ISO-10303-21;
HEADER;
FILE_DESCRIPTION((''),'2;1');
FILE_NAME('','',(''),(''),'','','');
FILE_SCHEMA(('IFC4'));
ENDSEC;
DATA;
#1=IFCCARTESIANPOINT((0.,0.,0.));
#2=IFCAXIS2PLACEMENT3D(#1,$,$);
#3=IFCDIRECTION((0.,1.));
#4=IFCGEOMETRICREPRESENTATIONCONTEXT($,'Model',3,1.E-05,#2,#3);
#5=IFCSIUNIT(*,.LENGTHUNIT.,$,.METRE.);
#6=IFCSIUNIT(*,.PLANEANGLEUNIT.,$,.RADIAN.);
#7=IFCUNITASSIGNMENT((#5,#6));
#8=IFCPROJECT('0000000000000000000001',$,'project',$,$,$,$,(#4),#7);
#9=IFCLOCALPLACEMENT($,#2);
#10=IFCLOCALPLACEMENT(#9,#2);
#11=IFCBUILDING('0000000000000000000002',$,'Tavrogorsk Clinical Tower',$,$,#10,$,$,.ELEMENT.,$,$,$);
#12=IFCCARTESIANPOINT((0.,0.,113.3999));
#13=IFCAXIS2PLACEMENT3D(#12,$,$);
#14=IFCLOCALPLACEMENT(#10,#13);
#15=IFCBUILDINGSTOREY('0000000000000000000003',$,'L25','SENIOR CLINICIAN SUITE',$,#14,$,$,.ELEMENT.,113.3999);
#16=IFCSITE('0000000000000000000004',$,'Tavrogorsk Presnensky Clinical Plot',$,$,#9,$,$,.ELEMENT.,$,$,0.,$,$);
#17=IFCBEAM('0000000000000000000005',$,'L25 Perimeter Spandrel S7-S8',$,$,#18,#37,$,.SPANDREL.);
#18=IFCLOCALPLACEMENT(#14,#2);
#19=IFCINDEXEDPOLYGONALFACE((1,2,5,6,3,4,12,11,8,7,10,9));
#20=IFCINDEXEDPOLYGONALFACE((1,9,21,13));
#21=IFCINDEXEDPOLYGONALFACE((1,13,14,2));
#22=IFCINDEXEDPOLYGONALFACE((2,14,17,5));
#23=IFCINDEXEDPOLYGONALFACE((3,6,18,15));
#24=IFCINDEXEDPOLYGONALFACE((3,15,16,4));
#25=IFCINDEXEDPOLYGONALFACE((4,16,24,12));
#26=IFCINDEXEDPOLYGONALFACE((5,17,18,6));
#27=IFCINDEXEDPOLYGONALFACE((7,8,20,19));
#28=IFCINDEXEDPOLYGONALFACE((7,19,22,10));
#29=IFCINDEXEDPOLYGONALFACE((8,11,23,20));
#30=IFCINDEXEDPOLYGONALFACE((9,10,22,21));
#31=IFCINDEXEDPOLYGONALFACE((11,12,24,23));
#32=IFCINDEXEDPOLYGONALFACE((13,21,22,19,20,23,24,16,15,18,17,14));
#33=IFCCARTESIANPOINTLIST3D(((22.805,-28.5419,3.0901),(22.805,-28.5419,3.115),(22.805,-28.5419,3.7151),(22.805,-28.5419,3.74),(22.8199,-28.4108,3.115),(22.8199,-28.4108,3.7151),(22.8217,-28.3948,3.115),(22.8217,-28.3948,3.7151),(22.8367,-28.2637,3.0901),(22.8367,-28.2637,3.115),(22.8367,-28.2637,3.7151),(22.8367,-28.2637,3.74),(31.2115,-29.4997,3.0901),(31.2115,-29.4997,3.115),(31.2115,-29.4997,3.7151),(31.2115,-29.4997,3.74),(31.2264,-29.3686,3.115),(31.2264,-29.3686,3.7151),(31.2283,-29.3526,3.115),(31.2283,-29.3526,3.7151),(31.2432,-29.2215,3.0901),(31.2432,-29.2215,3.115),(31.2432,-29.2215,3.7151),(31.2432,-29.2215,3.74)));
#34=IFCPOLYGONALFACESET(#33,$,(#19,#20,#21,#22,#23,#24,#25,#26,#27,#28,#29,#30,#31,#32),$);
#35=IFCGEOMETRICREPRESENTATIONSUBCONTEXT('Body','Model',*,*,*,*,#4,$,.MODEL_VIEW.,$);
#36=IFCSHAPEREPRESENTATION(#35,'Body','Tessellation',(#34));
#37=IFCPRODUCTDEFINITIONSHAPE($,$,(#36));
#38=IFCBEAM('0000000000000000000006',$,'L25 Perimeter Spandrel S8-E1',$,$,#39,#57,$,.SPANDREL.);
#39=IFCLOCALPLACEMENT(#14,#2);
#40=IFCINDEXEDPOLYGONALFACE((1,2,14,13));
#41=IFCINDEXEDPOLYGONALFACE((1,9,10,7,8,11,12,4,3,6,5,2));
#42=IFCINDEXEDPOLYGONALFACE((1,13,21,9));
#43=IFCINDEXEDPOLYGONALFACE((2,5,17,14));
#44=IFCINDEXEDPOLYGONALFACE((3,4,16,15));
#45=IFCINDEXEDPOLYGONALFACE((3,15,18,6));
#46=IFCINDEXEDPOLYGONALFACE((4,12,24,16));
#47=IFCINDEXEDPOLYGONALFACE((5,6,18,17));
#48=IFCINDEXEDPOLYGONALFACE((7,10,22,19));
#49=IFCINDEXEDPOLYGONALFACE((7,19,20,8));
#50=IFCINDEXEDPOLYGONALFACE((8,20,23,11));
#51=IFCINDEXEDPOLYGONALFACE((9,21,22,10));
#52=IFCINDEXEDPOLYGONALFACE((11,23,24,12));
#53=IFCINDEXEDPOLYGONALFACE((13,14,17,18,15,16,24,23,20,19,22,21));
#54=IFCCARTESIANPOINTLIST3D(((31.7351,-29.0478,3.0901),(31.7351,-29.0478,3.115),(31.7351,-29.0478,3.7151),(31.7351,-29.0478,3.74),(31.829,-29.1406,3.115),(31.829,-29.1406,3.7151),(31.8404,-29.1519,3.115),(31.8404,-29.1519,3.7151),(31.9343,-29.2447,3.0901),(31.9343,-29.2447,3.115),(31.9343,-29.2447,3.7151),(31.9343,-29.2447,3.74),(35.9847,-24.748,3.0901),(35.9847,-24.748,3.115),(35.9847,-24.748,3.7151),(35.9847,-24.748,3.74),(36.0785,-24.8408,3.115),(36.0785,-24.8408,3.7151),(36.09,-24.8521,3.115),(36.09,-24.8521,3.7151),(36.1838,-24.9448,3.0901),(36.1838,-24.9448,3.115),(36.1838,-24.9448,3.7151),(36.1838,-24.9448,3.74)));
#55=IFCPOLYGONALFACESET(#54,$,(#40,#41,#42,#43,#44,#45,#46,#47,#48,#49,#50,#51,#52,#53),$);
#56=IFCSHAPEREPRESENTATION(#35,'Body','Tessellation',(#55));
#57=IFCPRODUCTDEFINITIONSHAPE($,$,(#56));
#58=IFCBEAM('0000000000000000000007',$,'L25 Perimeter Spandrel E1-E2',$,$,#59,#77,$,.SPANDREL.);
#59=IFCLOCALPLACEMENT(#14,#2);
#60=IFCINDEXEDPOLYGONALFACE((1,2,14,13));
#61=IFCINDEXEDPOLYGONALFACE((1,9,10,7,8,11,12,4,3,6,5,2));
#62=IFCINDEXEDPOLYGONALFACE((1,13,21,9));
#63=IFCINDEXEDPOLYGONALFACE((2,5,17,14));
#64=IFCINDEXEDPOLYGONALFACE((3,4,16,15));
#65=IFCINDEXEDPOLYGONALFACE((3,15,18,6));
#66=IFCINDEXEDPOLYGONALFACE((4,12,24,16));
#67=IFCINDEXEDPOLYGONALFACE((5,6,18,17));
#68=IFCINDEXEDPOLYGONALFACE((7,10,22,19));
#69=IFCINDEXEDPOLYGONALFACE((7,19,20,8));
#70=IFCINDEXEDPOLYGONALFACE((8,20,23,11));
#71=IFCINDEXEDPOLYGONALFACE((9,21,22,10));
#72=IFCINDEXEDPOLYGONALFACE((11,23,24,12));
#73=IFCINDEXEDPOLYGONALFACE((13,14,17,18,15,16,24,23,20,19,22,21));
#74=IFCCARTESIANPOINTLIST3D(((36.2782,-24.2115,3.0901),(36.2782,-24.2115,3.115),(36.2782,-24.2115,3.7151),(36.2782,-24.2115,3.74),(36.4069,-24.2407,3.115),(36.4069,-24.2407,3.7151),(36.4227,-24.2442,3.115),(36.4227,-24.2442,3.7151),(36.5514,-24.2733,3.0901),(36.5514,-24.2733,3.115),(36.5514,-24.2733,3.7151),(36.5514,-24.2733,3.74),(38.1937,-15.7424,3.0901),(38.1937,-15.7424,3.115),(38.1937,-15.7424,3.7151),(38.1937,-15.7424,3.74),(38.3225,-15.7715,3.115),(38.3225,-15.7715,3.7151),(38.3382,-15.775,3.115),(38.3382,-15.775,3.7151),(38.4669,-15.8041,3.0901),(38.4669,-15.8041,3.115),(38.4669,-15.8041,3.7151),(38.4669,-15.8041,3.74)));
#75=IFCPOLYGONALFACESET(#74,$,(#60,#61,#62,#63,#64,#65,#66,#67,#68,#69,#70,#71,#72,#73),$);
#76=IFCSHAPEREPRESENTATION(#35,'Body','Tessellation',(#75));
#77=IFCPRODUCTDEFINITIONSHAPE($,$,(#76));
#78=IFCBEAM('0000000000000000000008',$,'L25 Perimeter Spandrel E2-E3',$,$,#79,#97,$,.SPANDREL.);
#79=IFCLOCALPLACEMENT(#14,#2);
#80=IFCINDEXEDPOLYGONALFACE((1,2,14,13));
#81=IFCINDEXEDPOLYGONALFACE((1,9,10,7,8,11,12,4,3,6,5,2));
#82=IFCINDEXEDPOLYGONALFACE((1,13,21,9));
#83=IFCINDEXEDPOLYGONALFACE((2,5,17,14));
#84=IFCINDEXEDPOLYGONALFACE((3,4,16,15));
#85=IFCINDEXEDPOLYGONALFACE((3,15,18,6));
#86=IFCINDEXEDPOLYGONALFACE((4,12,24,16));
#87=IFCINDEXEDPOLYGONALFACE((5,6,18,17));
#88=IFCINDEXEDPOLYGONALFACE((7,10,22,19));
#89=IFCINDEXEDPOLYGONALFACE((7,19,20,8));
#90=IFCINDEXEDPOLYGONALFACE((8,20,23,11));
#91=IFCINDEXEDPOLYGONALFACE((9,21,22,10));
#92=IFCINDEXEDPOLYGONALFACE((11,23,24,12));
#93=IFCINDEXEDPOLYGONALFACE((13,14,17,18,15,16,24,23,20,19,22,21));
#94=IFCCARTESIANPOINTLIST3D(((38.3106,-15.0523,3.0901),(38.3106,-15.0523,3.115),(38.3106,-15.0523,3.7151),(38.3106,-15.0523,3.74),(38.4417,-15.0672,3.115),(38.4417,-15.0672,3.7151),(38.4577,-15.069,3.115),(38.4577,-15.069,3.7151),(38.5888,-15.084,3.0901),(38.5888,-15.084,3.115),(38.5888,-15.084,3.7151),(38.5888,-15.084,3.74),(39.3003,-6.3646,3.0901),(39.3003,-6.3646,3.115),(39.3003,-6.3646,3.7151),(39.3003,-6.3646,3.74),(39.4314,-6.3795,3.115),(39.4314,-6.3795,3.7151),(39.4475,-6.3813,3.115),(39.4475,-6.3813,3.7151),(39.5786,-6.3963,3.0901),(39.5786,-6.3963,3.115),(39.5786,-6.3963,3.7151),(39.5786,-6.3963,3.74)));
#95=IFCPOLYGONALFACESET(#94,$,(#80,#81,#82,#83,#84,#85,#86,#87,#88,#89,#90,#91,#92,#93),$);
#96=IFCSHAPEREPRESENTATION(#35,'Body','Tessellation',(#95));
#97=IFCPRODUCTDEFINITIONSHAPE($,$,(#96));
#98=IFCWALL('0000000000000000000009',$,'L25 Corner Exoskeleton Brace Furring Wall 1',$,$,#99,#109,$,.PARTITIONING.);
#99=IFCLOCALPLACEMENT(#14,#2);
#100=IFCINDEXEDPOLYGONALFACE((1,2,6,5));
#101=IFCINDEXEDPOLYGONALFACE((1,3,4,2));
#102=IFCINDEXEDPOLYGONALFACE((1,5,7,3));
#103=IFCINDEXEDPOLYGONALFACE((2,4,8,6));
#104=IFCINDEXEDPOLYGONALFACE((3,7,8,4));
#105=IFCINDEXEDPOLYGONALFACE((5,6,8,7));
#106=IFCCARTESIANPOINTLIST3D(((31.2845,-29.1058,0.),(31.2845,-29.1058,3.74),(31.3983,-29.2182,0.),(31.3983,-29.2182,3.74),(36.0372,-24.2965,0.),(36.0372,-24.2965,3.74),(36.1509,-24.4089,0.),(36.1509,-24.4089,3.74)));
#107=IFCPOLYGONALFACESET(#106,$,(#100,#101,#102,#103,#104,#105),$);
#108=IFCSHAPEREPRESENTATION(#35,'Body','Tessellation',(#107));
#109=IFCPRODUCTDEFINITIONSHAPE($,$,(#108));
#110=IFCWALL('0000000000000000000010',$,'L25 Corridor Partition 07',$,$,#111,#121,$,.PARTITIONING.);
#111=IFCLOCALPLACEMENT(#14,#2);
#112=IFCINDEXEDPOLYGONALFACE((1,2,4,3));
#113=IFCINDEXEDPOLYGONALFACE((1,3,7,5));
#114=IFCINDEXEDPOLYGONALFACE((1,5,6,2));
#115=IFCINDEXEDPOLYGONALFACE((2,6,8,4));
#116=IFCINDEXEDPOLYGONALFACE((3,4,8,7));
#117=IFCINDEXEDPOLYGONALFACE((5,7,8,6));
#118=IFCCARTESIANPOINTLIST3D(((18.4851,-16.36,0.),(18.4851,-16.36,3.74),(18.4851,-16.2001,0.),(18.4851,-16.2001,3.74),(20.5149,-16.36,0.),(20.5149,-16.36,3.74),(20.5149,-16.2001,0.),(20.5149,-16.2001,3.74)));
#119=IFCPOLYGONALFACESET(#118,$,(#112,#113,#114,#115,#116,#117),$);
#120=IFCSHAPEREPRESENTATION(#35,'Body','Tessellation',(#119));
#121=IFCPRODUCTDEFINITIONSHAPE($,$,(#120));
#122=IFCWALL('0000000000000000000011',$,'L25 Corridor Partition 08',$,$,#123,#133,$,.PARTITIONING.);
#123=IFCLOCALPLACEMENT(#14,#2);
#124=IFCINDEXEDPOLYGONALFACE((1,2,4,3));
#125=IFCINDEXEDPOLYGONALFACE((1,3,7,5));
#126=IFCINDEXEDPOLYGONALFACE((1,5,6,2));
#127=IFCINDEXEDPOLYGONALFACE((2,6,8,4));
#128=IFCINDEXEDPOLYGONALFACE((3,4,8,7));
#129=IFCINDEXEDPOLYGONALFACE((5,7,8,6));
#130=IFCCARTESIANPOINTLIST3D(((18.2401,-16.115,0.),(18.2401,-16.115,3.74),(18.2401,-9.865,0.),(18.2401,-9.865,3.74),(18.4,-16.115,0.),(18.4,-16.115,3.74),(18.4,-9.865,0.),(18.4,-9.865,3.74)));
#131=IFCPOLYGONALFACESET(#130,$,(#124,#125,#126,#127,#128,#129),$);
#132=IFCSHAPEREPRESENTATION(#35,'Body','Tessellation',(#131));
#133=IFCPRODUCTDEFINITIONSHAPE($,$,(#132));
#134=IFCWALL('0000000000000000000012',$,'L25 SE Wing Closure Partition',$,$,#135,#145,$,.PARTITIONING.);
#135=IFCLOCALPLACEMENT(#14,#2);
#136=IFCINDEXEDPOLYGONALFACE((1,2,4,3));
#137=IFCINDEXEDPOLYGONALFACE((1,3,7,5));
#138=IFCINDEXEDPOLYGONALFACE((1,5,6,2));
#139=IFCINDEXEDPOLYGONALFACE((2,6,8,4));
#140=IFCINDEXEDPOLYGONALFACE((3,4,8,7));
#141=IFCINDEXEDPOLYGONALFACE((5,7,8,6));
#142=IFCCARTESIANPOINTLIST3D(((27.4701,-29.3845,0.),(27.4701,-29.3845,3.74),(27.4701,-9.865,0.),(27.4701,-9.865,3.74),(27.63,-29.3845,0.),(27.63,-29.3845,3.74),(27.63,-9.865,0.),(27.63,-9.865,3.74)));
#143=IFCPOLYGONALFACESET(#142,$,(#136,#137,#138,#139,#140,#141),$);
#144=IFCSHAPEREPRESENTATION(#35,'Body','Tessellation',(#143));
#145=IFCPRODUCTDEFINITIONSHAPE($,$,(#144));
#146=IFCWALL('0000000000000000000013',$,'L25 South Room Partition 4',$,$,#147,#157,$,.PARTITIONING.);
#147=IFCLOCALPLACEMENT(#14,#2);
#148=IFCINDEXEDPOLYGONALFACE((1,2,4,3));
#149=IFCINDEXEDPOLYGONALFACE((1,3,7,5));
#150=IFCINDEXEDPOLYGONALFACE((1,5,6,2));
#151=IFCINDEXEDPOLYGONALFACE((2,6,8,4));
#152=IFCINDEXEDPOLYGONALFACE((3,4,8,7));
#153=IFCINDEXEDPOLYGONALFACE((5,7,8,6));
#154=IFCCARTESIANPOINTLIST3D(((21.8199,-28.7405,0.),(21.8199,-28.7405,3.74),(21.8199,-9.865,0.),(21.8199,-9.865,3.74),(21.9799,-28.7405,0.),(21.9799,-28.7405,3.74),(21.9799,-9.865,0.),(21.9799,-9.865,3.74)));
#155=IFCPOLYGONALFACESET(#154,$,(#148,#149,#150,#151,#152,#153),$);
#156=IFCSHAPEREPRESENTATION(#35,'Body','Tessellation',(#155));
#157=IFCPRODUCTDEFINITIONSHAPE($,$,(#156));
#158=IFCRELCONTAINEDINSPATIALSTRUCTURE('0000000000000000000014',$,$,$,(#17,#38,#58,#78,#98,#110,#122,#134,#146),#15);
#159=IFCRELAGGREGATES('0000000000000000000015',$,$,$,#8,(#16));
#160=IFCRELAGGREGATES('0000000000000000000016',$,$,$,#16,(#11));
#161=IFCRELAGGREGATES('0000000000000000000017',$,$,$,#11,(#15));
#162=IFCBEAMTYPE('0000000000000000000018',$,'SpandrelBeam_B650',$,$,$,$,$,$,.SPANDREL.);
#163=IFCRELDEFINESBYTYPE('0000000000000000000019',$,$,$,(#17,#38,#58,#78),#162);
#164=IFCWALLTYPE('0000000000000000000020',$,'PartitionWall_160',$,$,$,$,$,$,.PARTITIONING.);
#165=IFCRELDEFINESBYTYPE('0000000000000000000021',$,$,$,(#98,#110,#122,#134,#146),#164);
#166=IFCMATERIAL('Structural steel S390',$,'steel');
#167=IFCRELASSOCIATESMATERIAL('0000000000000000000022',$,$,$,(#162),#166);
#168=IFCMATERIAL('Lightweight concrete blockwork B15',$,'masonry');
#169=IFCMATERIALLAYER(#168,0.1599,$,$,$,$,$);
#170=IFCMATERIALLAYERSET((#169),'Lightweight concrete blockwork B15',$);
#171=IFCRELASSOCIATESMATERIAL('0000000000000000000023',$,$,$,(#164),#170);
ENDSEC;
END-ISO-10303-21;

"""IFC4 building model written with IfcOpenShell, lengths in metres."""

from ifc_helpers import new_model, si_unit, direction, frame, frame_2d, origin, origin_2d, place, context, subcontext, project, spatial, rectangle, i_section, extrude, material, layer, layer_set, material_profile, profile_set, type_object, element, save


model = new_model("IFC4")

# Units and contexts
model_context = context("Model", 3, precision=1e-05, world=origin(), true_north=direction((0.0, 1.0)))
body_context = subcontext(model_context, "Body", "Model", "MODEL_VIEW")
ifc_project = project(units=[si_unit("LENGTHUNIT", "METRE"), si_unit("PLANEANGLEUNIT", "RADIAN")], contexts=[model_context])

# Site, building, storey
site_placement = place(None, origin())
site = spatial("IfcSite", under=ifc_project, at=site_placement, Name="Tavrogorsk Presnensky Clinical Plot", CompositionType="ELEMENT", RefElevation=0.0)
building_placement = place(site_placement, origin())
building = spatial("IfcBuilding", under=site, at=building_placement, Name="Tavrogorsk Clinical Tower", CompositionType="ELEMENT")
storey_placement = place(building_placement, frame((0.0, 0.0, 113.3999)))
storey = spatial("IfcBuildingStorey", under=building, at=storey_placement, Name="L25", Description="SENIOR CLINICIAN SUITE", CompositionType="ELEMENT", Elevation=113.3999)

# Beams
ifc_material_1 = material(Name="Structural steel S390", Category="steel")
ifc_material_profile_1 = material_profile(ifc_material_1, i_section(OverallWidth=0.28, OverallDepth=0.6499, WebThickness=0.0161, FlangeThickness=0.0249, at=origin_2d()), Name="B-650x280x16x25")
ifc_profile_set_1 = profile_set([ifc_material_profile_1], Name="Structural steel S390")
beam_type_1 = type_object("IfcBeamType", Name="SpandrelBeam_B650", PredefinedType="SPANDREL", material=ifc_profile_set_1)
beam_1_placement = place(storey_placement, frame((22.8208, -28.4028, 3.415), z_axis=(0.993572, -0.113199, 0.0), x_axis=(0.113199, 0.993572, 0.0)))
element("IfcBeam", 1, at=beam_1_placement, inside=storey, type_object=beam_type_1, Name="L25 Perimeter Spandrel S7-S8", PredefinedType="SPANDREL", context=body_context, shape_type="SweptSolid", body=[
    extrude(i_section(OverallWidth=0.28, OverallDepth=0.6499, WebThickness=0.0161, FlangeThickness=0.0249, at=origin_2d()), origin(), (0.0, 0.0, 1.0), 8.4609),
])
beam_2_placement = place(storey_placement, frame((31.8347, -29.1462, 3.415), z_axis=(0.702935, 0.711254, 0.0), x_axis=(-0.711254, 0.702935, 0.0)))
element("IfcBeam", 2, at=beam_2_placement, inside=storey, type_object=beam_type_1, Name="L25 Perimeter Spandrel S8-E1", PredefinedType="SPANDREL", context=body_context, shape_type="SweptSolid", body=[
    extrude(i_section(OverallWidth=0.28, OverallDepth=0.6499, WebThickness=0.0161, FlangeThickness=0.0249, at=origin_2d()), origin(), (0.0, 0.0, 1.0), 6.0454),
])
beam_3_placement = place(storey_placement, frame((36.4148, -24.2424, 3.415), z_axis=(0.220603, 0.975364, 0.0), x_axis=(-0.975364, 0.220603, 0.0)))
element("IfcBeam", 3, at=beam_3_placement, inside=storey, type_object=beam_type_1, Name="L25 Perimeter Spandrel E1-E2", PredefinedType="SPANDREL", context=body_context, shape_type="SweptSolid", body=[
    extrude(i_section(OverallWidth=0.28, OverallDepth=0.6499, WebThickness=0.0161, FlangeThickness=0.0249, at=origin_2d()), origin(), (0.0, 0.0, 1.0), 8.6831),
])
beam_4_placement = place(storey_placement, frame((38.4497, -15.0681, 3.415), z_axis=(0.113192, 0.993573, 0.0), x_axis=(-0.993573, 0.113192, 0.0)))
element("IfcBeam", 4, at=beam_4_placement, inside=storey, type_object=beam_type_1, Name="L25 Perimeter Spandrel E2-E3", PredefinedType="SPANDREL", context=body_context, shape_type="SweptSolid", body=[
    extrude(i_section(OverallWidth=0.28, OverallDepth=0.6499, WebThickness=0.0161, FlangeThickness=0.0249, at=origin_2d()), origin(), (0.0, 0.0, 1.0), 8.7439),
])

# Walls
ifc_material_2 = material(Name="Lightweight concrete blockwork B15", Category="masonry")
ifc_layer_1 = layer(ifc_material_2, 0.1599)
ifc_layer_set_1 = layer_set([ifc_layer_1], Name="Lightweight concrete blockwork B15")
wall_type_1 = type_object("IfcWallType", Name="PartitionWall_160", PredefinedType="PARTITIONING", material=ifc_layer_set_1)
wall_1_placement = place(storey_placement, frame((31.3413, -29.1621, 0.0), z_axis=(0.0, 0.0, 1.0), x_axis=(0.702906, 0.711283, 0.0)))
element("IfcWall", 5, at=wall_1_placement, inside=storey, type_object=wall_type_1, Name="L25 Corner Exoskeleton Brace Furring Wall 1", PredefinedType="PARTITIONING", context=body_context, shape_type="SweptSolid", body=[
    extrude(rectangle(XDim=6.7615, YDim=0.1599, at=frame_2d((3.3809, 0.0))), origin(), (0.0, 0.0, 1.0), 3.74),
])
wall_2_placement = place(storey_placement, frame((20.5149, -16.28, 0.0), z_axis=(0.0, 0.0, 1.0), x_axis=(-1.0, 0.0, 0.0)))
element("IfcWall", 6, at=wall_2_placement, inside=storey, type_object=wall_type_1, Name="L25 Corridor Partition 07", PredefinedType="PARTITIONING", context=body_context, shape_type="SweptSolid", body=[
    extrude(rectangle(XDim=2.0298, YDim=0.1599, at=frame_2d((1.0149, 0.0))), origin(), (0.0, 0.0, 1.0), 3.74),
])
wall_3_placement = place(storey_placement, frame((18.3201, -16.115, 0.0), z_axis=(0.0, 0.0, 1.0), x_axis=(0.0, 1.0, 0.0)))
element("IfcWall", 7, at=wall_3_placement, inside=storey, type_object=wall_type_1, Name="L25 Corridor Partition 08", PredefinedType="PARTITIONING", context=body_context, shape_type="SweptSolid", body=[
    extrude(rectangle(XDim=6.25, YDim=0.1599, at=frame_2d((3.125, 0.0))), origin(), (0.0, 0.0, 1.0), 3.74),
])
wall_4_placement = place(storey_placement, frame((27.55, -29.3845, 0.0), z_axis=(0.0, 0.0, 1.0), x_axis=(0.0, 1.0, 0.0)))
element("IfcWall", 8, at=wall_4_placement, inside=storey, type_object=wall_type_1, Name="L25 SE Wing Closure Partition", PredefinedType="PARTITIONING", context=body_context, shape_type="SweptSolid", body=[
    extrude(rectangle(XDim=19.5195, YDim=0.1599, at=frame_2d((9.7598, 0.0))), origin(), (0.0, 0.0, 1.0), 3.74),
])
wall_5_placement = place(storey_placement, frame((21.8999, -28.7405, 0.0), z_axis=(0.0, 0.0, 1.0), x_axis=(0.0, 1.0, 0.0)))
element("IfcWall", 9, at=wall_5_placement, inside=storey, type_object=wall_type_1, Name="L25 South Room Partition 4", PredefinedType="PARTITIONING", context=body_context, shape_type="SweptSolid", body=[
    extrude(rectangle(XDim=18.8755, YDim=0.1599, at=frame_2d((9.4377, 0.0))), origin(), (0.0, 0.0, 1.0), 3.74),
])

save(model, "model.ifc")
